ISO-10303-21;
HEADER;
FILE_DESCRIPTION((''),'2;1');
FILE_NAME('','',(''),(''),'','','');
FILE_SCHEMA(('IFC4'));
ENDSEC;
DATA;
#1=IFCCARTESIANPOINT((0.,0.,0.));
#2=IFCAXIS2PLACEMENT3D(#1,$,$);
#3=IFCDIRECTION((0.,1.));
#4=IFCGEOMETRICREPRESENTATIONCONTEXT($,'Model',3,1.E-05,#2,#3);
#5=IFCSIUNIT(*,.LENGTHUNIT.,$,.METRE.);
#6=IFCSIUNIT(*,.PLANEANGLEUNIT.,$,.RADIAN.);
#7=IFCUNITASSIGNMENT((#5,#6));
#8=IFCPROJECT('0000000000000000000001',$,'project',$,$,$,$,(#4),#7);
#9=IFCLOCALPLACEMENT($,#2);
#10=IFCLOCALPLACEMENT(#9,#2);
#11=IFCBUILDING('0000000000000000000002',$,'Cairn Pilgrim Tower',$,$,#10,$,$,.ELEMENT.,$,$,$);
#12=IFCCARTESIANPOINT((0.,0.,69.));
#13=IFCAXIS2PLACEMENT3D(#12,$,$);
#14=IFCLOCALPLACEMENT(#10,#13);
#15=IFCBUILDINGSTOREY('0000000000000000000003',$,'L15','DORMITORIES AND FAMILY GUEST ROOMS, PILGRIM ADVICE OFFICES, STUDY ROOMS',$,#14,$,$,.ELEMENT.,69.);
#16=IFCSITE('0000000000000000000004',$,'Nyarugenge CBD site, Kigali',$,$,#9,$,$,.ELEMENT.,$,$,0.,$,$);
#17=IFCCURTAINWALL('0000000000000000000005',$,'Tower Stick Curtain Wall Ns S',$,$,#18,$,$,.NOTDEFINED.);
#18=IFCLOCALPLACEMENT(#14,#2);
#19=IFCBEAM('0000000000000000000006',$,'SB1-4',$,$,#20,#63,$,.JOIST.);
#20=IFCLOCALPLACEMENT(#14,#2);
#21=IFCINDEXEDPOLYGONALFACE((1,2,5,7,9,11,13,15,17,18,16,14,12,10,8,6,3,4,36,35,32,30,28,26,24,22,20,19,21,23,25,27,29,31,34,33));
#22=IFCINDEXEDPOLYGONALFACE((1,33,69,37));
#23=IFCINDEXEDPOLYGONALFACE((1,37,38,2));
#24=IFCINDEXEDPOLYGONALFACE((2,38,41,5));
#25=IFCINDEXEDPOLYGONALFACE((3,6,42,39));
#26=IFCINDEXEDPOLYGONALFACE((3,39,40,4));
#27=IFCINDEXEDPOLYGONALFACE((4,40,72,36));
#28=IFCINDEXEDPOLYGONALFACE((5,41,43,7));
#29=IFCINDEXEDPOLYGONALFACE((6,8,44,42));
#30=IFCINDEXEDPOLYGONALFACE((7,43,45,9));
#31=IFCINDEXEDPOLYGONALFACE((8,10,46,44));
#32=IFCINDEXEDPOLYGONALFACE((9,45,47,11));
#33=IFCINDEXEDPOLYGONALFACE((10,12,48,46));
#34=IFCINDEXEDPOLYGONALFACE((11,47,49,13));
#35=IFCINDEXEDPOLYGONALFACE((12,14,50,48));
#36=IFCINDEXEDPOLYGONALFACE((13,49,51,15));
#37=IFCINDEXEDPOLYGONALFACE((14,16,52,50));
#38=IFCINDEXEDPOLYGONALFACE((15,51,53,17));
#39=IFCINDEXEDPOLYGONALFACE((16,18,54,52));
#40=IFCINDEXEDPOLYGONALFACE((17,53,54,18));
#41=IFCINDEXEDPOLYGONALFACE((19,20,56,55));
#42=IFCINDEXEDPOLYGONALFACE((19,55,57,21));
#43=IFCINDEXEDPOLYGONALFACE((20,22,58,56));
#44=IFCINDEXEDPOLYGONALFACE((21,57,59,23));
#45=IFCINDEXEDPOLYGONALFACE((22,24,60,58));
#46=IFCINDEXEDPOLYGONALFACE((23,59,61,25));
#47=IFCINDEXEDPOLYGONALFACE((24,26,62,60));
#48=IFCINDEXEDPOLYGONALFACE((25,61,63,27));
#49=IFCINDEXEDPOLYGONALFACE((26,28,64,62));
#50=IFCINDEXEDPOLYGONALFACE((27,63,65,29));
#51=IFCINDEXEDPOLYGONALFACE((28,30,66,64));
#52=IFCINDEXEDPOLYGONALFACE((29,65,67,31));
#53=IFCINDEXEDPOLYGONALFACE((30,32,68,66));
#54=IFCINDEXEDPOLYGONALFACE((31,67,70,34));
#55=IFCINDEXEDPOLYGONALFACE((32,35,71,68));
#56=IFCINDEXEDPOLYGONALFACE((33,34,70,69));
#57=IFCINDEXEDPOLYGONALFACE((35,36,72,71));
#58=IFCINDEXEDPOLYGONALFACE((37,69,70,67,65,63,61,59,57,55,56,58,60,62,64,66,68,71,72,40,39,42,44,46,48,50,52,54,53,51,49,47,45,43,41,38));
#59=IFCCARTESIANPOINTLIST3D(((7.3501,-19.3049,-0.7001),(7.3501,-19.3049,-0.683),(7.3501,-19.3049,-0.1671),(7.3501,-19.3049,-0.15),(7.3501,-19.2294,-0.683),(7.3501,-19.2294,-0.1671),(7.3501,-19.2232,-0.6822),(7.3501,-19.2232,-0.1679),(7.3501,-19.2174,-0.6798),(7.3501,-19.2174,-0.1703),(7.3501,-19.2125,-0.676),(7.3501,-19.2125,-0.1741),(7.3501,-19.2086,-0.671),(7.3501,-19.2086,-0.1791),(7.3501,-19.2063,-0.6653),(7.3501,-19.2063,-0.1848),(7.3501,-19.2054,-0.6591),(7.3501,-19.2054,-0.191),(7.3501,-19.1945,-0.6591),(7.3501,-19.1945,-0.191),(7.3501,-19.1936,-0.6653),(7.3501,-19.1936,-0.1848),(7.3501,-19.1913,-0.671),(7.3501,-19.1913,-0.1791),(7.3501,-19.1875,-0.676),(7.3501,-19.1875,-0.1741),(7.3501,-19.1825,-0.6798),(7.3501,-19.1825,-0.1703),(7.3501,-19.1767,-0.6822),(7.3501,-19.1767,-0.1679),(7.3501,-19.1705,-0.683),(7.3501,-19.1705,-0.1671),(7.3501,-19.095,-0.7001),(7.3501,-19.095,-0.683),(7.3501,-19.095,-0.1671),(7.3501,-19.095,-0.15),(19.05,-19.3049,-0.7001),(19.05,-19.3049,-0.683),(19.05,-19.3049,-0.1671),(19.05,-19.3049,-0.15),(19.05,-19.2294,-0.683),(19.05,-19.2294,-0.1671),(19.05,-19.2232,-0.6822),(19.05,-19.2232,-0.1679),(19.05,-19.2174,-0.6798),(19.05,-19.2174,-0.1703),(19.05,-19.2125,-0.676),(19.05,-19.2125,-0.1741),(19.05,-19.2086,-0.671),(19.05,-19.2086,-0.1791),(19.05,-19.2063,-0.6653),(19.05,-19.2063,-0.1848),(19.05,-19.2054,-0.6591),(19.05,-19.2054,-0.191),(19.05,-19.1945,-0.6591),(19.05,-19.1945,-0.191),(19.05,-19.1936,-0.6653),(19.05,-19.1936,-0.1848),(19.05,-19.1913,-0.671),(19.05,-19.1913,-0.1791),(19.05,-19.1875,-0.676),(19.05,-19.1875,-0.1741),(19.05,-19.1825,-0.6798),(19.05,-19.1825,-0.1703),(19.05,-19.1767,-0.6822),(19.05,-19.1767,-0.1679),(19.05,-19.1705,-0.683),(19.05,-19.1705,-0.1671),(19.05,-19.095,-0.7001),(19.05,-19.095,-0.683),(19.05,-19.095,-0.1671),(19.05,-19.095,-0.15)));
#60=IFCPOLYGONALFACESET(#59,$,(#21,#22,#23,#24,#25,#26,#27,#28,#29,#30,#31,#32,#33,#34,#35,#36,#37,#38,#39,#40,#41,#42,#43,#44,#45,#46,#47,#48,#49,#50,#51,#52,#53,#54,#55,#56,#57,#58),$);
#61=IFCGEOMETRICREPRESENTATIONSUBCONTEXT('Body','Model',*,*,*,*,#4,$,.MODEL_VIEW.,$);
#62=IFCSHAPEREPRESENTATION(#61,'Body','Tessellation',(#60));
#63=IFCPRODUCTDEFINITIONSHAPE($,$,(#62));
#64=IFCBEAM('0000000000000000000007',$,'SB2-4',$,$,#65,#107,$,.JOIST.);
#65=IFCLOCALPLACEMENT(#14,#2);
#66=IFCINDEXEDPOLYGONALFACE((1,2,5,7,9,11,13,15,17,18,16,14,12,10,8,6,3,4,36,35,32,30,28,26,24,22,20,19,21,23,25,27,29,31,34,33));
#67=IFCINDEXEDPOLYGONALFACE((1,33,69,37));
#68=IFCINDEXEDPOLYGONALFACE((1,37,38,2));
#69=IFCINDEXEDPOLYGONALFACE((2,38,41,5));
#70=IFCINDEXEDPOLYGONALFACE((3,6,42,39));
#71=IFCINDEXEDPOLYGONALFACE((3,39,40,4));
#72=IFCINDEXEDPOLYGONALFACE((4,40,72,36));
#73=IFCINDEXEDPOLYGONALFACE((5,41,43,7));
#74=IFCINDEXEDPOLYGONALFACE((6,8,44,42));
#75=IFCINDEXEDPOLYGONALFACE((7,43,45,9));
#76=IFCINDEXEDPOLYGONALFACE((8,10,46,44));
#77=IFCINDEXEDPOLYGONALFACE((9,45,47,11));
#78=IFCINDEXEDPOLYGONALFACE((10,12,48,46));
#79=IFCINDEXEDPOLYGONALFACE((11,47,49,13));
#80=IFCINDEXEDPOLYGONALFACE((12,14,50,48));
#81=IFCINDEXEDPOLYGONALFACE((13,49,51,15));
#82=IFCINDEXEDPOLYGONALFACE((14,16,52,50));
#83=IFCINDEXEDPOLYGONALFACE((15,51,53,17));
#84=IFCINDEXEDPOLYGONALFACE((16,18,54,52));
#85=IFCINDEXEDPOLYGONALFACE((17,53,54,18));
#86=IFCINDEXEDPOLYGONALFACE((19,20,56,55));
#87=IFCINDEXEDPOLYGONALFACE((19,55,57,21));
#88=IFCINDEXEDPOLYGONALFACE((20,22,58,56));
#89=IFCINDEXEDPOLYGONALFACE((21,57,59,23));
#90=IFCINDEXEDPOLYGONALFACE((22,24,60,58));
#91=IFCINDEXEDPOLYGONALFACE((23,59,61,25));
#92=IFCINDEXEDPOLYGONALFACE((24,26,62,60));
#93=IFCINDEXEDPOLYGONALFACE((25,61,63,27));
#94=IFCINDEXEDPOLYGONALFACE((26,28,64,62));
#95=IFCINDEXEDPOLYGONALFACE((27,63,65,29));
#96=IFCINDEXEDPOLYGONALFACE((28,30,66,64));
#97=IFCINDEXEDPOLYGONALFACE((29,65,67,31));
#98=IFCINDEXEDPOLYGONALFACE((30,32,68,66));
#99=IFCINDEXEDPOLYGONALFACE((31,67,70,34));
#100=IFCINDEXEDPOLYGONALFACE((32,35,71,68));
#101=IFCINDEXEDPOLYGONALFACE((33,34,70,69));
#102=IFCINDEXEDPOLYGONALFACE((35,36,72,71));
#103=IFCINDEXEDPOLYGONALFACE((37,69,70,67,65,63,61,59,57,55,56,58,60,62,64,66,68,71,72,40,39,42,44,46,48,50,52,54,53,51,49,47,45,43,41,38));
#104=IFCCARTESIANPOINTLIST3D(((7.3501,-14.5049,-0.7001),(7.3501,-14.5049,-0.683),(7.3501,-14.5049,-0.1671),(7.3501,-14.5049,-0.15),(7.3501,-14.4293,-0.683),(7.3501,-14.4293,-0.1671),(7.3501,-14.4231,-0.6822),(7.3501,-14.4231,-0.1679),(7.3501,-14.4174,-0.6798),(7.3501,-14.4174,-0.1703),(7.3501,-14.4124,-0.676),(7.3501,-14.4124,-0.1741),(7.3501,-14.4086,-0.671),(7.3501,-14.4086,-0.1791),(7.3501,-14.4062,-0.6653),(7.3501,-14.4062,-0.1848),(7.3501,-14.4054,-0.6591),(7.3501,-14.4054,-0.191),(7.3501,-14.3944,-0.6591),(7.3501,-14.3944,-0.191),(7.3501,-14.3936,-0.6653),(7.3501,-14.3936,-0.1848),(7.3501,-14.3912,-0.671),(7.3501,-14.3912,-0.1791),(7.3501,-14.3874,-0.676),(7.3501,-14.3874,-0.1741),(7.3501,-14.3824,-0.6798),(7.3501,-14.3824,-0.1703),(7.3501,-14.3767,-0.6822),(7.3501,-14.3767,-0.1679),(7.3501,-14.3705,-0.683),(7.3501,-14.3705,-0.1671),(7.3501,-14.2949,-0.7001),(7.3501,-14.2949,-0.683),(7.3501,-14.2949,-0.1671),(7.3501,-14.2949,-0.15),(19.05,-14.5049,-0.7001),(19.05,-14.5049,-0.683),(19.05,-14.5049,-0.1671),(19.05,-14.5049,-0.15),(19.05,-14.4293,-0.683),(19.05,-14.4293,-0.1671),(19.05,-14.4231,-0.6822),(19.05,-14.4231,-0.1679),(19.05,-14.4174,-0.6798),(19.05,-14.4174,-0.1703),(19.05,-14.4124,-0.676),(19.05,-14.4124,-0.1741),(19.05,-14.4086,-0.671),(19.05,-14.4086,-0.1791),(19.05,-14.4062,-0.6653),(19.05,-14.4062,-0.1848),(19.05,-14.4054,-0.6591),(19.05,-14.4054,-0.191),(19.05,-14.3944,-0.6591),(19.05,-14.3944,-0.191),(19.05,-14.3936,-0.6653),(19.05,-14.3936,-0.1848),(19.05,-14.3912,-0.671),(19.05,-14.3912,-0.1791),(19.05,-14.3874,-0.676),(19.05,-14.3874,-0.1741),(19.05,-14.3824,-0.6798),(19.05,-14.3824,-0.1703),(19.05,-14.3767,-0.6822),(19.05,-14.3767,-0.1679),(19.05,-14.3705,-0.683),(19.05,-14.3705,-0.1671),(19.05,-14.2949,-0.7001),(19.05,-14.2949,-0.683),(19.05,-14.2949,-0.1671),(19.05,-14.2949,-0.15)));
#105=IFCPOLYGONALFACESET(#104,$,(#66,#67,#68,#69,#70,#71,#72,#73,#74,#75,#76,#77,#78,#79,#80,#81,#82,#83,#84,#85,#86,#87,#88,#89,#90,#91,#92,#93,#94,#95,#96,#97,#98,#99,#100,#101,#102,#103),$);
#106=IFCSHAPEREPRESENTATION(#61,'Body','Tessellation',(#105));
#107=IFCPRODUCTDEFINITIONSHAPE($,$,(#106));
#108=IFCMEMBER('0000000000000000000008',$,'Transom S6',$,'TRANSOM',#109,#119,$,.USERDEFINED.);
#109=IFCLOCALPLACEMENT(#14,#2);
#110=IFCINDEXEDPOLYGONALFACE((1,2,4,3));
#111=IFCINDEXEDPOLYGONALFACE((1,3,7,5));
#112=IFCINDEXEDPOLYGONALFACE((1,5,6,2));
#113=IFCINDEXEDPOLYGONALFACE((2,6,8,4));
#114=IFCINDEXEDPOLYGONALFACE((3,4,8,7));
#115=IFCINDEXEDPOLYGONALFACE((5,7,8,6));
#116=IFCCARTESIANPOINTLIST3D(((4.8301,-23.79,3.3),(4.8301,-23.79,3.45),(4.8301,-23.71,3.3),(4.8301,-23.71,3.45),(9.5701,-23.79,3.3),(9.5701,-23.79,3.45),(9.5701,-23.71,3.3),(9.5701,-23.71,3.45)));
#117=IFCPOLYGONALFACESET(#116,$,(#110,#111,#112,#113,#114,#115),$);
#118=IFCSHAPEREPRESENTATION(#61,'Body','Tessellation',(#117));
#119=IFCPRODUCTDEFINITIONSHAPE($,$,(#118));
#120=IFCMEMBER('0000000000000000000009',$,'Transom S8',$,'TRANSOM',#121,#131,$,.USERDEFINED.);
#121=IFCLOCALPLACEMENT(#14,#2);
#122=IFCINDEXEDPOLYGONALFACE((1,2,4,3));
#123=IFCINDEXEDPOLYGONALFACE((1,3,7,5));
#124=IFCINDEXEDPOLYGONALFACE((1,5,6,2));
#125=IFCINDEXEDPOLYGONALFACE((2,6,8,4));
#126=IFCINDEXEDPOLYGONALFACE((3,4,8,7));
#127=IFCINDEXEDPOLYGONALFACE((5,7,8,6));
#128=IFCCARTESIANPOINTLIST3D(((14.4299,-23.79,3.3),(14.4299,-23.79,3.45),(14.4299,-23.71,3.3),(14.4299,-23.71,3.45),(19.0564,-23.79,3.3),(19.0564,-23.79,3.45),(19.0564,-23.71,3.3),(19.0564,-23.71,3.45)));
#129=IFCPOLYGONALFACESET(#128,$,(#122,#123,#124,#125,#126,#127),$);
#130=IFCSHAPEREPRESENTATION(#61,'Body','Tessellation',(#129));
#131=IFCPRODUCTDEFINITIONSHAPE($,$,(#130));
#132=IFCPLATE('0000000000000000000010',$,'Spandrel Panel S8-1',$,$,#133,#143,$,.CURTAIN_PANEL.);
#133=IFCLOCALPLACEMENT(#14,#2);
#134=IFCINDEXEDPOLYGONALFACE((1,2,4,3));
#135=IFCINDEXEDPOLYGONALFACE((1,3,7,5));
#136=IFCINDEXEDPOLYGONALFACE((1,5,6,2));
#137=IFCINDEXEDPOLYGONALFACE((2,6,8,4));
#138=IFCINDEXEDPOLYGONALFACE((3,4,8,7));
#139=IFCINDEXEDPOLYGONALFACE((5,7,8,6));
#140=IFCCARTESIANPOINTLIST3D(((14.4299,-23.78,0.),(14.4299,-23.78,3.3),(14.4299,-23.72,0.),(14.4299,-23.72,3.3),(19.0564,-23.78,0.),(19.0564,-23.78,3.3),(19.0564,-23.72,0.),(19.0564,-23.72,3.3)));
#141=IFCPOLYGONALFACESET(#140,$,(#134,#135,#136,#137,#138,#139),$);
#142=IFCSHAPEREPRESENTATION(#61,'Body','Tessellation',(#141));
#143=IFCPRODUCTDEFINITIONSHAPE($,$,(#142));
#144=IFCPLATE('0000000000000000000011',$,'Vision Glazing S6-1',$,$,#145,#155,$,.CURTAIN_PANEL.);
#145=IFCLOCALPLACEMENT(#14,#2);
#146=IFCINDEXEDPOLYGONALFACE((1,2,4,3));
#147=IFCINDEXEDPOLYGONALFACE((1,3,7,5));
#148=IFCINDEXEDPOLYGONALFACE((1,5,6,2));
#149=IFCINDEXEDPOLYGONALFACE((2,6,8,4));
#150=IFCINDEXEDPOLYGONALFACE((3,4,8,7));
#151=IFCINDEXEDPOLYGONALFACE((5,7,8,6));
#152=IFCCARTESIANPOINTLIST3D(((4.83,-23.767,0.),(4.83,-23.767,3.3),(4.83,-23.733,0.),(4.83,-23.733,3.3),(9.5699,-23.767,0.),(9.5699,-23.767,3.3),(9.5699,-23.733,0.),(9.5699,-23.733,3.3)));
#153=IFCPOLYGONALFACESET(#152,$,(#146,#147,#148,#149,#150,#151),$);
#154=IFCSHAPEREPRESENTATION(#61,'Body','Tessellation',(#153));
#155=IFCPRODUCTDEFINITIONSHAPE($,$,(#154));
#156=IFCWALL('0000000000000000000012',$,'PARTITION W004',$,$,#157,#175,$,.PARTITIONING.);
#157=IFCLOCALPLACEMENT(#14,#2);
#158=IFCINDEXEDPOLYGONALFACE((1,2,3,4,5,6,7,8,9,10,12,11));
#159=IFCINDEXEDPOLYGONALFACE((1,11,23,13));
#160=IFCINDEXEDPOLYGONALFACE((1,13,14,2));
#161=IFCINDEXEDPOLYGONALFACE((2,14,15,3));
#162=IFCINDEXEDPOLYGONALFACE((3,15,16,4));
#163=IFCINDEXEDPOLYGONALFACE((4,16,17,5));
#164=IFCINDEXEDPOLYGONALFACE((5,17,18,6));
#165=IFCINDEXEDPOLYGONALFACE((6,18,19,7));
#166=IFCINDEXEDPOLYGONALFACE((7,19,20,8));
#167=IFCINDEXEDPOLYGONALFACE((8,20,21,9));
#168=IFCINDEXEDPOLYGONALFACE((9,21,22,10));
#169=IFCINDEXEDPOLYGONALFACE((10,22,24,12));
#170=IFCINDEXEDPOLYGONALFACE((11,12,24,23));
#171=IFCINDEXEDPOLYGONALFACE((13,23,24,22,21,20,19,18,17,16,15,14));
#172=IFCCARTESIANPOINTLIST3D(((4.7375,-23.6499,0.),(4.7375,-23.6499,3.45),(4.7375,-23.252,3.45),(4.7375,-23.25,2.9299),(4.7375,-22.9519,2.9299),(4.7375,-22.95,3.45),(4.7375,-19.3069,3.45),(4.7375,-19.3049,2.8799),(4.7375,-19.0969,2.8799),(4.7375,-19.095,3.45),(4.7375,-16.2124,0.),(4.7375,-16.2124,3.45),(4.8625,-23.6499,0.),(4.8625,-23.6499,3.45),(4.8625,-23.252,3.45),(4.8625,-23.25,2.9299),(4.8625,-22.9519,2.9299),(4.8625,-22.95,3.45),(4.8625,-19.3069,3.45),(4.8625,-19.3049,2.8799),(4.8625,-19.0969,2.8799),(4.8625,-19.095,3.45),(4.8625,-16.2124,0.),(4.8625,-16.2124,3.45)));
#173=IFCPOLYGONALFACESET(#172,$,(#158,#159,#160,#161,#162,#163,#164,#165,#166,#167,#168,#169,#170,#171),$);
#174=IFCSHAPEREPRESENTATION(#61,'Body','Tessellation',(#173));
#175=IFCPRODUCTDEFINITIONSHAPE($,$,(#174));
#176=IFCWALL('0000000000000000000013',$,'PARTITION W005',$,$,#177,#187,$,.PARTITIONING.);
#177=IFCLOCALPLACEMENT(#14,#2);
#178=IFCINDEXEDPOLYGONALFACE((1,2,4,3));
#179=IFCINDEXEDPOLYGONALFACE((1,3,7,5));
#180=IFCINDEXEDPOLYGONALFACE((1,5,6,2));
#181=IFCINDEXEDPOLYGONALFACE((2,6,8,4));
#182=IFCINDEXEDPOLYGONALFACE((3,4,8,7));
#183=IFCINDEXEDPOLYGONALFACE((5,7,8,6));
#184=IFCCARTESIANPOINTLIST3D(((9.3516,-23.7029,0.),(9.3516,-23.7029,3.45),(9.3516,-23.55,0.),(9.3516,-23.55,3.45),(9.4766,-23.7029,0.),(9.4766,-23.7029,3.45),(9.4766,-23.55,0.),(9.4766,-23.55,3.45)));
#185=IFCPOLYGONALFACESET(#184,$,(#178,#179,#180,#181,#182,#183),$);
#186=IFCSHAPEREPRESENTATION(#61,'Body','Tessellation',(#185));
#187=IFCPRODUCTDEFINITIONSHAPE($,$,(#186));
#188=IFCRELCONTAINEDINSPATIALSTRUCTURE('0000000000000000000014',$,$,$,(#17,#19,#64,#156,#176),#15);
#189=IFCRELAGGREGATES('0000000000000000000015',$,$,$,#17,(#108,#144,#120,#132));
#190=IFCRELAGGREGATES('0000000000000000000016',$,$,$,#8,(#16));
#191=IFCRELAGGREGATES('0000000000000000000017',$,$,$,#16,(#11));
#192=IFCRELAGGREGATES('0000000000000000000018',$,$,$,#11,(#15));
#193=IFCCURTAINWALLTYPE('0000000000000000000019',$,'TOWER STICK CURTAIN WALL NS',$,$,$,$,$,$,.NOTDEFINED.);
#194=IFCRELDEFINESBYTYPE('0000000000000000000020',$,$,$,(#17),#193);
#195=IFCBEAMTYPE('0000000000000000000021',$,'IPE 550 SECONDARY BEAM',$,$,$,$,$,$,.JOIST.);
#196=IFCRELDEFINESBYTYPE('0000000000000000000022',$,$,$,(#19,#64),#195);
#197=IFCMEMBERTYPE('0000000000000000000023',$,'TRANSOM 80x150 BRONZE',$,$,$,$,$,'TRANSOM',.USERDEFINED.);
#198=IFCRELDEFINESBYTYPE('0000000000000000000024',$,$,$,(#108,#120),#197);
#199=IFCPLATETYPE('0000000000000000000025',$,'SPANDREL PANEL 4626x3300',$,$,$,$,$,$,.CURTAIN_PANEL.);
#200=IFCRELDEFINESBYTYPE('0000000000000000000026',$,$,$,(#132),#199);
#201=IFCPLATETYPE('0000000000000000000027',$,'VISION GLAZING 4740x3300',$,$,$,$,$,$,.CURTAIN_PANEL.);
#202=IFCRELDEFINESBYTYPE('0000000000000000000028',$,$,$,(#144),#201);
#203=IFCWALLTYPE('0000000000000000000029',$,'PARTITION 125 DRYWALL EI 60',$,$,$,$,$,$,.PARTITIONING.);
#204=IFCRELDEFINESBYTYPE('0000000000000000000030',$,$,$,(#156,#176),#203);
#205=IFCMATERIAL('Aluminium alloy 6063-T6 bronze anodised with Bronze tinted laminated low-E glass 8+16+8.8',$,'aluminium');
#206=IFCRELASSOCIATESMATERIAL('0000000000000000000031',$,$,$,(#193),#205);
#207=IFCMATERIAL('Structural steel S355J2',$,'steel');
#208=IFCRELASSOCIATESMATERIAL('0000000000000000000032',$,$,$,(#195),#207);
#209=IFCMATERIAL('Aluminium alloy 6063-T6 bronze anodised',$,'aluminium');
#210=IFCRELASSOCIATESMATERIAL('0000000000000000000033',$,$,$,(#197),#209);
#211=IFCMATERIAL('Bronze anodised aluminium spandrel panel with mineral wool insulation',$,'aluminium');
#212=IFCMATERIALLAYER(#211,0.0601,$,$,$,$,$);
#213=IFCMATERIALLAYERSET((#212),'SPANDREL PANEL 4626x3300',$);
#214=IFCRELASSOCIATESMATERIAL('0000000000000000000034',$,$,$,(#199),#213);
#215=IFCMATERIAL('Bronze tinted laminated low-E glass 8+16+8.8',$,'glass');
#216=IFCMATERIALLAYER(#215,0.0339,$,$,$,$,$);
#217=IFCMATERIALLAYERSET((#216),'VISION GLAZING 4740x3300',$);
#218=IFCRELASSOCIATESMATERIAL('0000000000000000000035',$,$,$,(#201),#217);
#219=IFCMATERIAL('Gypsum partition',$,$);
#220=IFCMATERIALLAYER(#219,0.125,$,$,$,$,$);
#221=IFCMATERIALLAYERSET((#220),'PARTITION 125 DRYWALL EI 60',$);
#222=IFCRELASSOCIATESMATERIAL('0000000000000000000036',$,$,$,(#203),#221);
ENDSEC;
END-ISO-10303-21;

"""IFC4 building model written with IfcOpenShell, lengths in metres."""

from ifc_helpers import new_model, si_unit, direction, frame, frame_2d, origin, origin_2d, place, context, subcontext, project, spatial, polyline, rectangle, i_section, outline, extrude, material, layer, layer_set, material_profile, profile_set, type_object, element, aggregate, save


model = new_model("IFC4")

# Units and contexts
model_context = context("Model", 3, precision=1e-05, world=origin(), true_north=direction((0.0, 1.0)))
body_context = subcontext(model_context, "Body", "Model", "MODEL_VIEW")
ifc_project = project(units=[si_unit("LENGTHUNIT", "METRE"), si_unit("PLANEANGLEUNIT", "RADIAN")], contexts=[model_context])

# Site, building, storey
site_placement = place(None, origin())
site = spatial("IfcSite", under=ifc_project, at=site_placement, Name="Nyarugenge CBD site, Kigali", CompositionType="ELEMENT", RefElevation=0.0)
building_placement = place(site_placement, origin())
building = spatial("IfcBuilding", under=site, at=building_placement, Name="Cairn Pilgrim Tower", CompositionType="ELEMENT")
storey_placement = place(building_placement, frame((0.0, 0.0, 69.0)))
storey = spatial("IfcBuildingStorey", under=building, at=storey_placement, Name="L15", Description="DORMITORIES AND FAMILY GUEST ROOMS, PILGRIM ADVICE OFFICES, STUDY ROOMS", CompositionType="ELEMENT", Elevation=69.0)

# Curtain wall
ifc_material_1 = material(Name="Aluminium alloy 6063-T6 bronze anodised with Bronze tinted laminated low-E glass 8+16+8.8", Category="aluminium")
curtain_wall_type = type_object("IfcCurtainWallType", Name="TOWER STICK CURTAIN WALL NS", PredefinedType="NOTDEFINED", material=ifc_material_1)
curtain_wall_placement = place(storey_placement, origin())
curtain_wall = element("IfcCurtainWall", 1, at=curtain_wall_placement, inside=storey, type_object=curtain_wall_type, Name="Tower Stick Curtain Wall Ns S", PredefinedType="NOTDEFINED")
ifc_material_2 = material(Name="Aluminium alloy 6063-T6 bronze anodised", Category="aluminium")

# Beams
ifc_material_3 = material(Name="Structural steel S355J2", Category="steel")
ifc_material_profile_1 = material_profile(ifc_material_3, i_section(OverallWidth=0.21, OverallDepth=0.55, WebThickness=0.011, FlangeThickness=0.0171, FilletRadius=0.0239, at=origin_2d()), Name="IPE 550")
ifc_profile_set_1 = profile_set([ifc_material_profile_1], Name="Structural steel S355J2")
beam_type_1 = type_object("IfcBeamType", Name="IPE 550 SECONDARY BEAM", PredefinedType="JOIST", material=ifc_profile_set_1)
for number, where, z_axis, x_axis, name in (
    (2, (7.3501, -19.2, -0.425), (1.0, 0.0, 0.0), (0.0, 1.0, 0.0), "SB1-4"),
    (3, (7.3501, -14.3999, -0.425), (1.0, 0.0, 0.0), (0.0, 1.0, 0.0), "SB2-4"),
):
    element("IfcBeam", number, at=place(storey_placement, frame(where, z_axis=z_axis, x_axis=x_axis)), inside=storey, type_object=beam_type_1, Name=name, PredefinedType="JOIST", context=body_context, shape_type="SweptSolid", body=[
        extrude(i_section(OverallWidth=0.21, OverallDepth=0.55, WebThickness=0.011, FlangeThickness=0.0171, FilletRadius=0.0239, at=origin_2d()), origin(), (0.0, 0.0, 1.0), 11.7),
    ])

# Members
ifc_material_profile_2 = material_profile(ifc_material_2, rectangle(XDim=0.0801, YDim=0.1499, at=origin_2d()), Name="TRANSOM 80x150 BRONZE")
ifc_profile_set_2 = profile_set([ifc_material_profile_2], Name="Aluminium alloy 6063-T6 bronze anodised")
member_type_1 = type_object("IfcMemberType", Name="TRANSOM 80x150 BRONZE", ElementType="TRANSOM", PredefinedType="USERDEFINED", material=ifc_profile_set_2)
member_1_placement = place(storey_placement, frame((4.8301, -23.75, 3.375), z_axis=(1.0, 0.0, 0.0), x_axis=(0.0, 1.0, 0.0)))
member_1 = element("IfcMember", 4, at=member_1_placement, type_object=member_type_1, Name="Transom S6", ObjectType="TRANSOM", PredefinedType="USERDEFINED", context=body_context, shape_type="SweptSolid", body=[
    extrude(rectangle(XDim=0.0801, YDim=0.1499, at=origin_2d()), origin(), (0.0, 0.0, 1.0), 4.74),
])
member_2_placement = place(storey_placement, frame((14.4299, -23.75, 3.375), z_axis=(1.0, 0.0, 0.0), x_axis=(0.0, 1.0, 0.0)))
member_2 = element("IfcMember", 5, at=member_2_placement, type_object=member_type_1, Name="Transom S8", ObjectType="TRANSOM", PredefinedType="USERDEFINED", context=body_context, shape_type="SweptSolid", body=[
    extrude(rectangle(XDim=0.0801, YDim=0.1499, at=origin_2d()), origin(), (0.0, 0.0, 1.0), 4.6265),
])

# Plates
ifc_material_4 = material(Name="Bronze anodised aluminium spandrel panel with mineral wool insulation", Category="aluminium")
ifc_layer_1 = layer(ifc_material_4, 0.0601)
ifc_layer_set_1 = layer_set([ifc_layer_1], Name="SPANDREL PANEL 4626x3300")
plate_type_1 = type_object("IfcPlateType", Name="SPANDREL PANEL 4626x3300", PredefinedType="CURTAIN_PANEL", material=ifc_layer_set_1)
plate_1_placement = place(storey_placement, frame((16.7432, -23.75, 0.0), z_axis=(0.0, 0.0, 1.0), x_axis=(1.0, 0.0, 0.0)))
plate_1 = element("IfcPlate", 6, at=plate_1_placement, type_object=plate_type_1, Name="Spandrel Panel S8-1", PredefinedType="CURTAIN_PANEL", context=body_context, shape_type="SweptSolid", body=[
    extrude(rectangle(XDim=4.6265, YDim=0.0601, at=origin_2d()), origin(), (0.0, 0.0, 1.0), 3.3),
])
ifc_material_5 = material(Name="Bronze tinted laminated low-E glass 8+16+8.8", Category="glass")
ifc_layer_2 = layer(ifc_material_5, 0.0339)
ifc_layer_set_2 = layer_set([ifc_layer_2], Name="VISION GLAZING 4740x3300")
plate_type_2 = type_object("IfcPlateType", Name="VISION GLAZING 4740x3300", PredefinedType="CURTAIN_PANEL", material=ifc_layer_set_2)
plate_2_placement = place(storey_placement, frame((7.2, -23.75, 0.0), z_axis=(0.0, 0.0, 1.0), x_axis=(1.0, 0.0, 0.0)))
plate_2 = element("IfcPlate", 7, at=plate_2_placement, type_object=plate_type_2, Name="Vision Glazing S6-1", PredefinedType="CURTAIN_PANEL", context=body_context, shape_type="SweptSolid", body=[
    extrude(rectangle(XDim=4.74, YDim=0.0339, at=origin_2d()), origin(), (0.0, 0.0, 1.0), 3.3),
])
aggregate(curtain_wall, [member_1, plate_2, member_2, plate_1])

# Walls
ifc_material_6 = material(Name="Gypsum partition")
ifc_layer_3 = layer(ifc_material_6, 0.125)
ifc_layer_set_3 = layer_set([ifc_layer_3], Name="PARTITION 125 DRYWALL EI 60")
wall_type_1 = type_object("IfcWallType", Name="PARTITION 125 DRYWALL EI 60", PredefinedType="PARTITIONING", material=ifc_layer_set_3)
wall_1_placement = place(storey_placement, frame((4.8, -23.6499, 0.0), z_axis=(0.0, 0.0, 1.0), x_axis=(0.0, 1.0, 0.0)))
element("IfcWall", 8, at=wall_1_placement, inside=storey, type_object=wall_type_1, Name="PARTITION W004", PredefinedType="PARTITIONING", context=body_context, shape_type="SweptSolid", body=[
    extrude(outline(polyline([(0.0, 0.0), (7.4375, 0.0), (7.4375, 3.45), (4.5549, 3.45), (4.553, 2.8799), (4.345, 2.8799), (4.343, 3.45), (0.7, 3.45), (0.698, 2.9299), (0.3999, 2.9299), (0.3979, 3.45), (0.0, 3.45), (0.0, 0.0)])), frame((0.0, 0.0625, 0.0), z_axis=(0.0, -1.0, 0.0), x_axis=(1.0, 0.0, 0.0)), (0.0, 0.0, 1.0), 0.125),
])
wall_2_placement = place(storey_placement, frame((9.4141, -23.7029, 0.0), z_axis=(0.0, 0.0, 1.0), x_axis=(0.0, 1.0, 0.0)))
element("IfcWall", 9, at=wall_2_placement, inside=storey, type_object=wall_type_1, Name="PARTITION W005", PredefinedType="PARTITIONING", context=body_context, shape_type="SweptSolid", body=[
    extrude(rectangle(XDim=0.1528, YDim=0.125, at=frame_2d((0.0764, 0.0))), origin(), (0.0, 0.0, 1.0), 3.45),
])

save(model, "model.ifc")
